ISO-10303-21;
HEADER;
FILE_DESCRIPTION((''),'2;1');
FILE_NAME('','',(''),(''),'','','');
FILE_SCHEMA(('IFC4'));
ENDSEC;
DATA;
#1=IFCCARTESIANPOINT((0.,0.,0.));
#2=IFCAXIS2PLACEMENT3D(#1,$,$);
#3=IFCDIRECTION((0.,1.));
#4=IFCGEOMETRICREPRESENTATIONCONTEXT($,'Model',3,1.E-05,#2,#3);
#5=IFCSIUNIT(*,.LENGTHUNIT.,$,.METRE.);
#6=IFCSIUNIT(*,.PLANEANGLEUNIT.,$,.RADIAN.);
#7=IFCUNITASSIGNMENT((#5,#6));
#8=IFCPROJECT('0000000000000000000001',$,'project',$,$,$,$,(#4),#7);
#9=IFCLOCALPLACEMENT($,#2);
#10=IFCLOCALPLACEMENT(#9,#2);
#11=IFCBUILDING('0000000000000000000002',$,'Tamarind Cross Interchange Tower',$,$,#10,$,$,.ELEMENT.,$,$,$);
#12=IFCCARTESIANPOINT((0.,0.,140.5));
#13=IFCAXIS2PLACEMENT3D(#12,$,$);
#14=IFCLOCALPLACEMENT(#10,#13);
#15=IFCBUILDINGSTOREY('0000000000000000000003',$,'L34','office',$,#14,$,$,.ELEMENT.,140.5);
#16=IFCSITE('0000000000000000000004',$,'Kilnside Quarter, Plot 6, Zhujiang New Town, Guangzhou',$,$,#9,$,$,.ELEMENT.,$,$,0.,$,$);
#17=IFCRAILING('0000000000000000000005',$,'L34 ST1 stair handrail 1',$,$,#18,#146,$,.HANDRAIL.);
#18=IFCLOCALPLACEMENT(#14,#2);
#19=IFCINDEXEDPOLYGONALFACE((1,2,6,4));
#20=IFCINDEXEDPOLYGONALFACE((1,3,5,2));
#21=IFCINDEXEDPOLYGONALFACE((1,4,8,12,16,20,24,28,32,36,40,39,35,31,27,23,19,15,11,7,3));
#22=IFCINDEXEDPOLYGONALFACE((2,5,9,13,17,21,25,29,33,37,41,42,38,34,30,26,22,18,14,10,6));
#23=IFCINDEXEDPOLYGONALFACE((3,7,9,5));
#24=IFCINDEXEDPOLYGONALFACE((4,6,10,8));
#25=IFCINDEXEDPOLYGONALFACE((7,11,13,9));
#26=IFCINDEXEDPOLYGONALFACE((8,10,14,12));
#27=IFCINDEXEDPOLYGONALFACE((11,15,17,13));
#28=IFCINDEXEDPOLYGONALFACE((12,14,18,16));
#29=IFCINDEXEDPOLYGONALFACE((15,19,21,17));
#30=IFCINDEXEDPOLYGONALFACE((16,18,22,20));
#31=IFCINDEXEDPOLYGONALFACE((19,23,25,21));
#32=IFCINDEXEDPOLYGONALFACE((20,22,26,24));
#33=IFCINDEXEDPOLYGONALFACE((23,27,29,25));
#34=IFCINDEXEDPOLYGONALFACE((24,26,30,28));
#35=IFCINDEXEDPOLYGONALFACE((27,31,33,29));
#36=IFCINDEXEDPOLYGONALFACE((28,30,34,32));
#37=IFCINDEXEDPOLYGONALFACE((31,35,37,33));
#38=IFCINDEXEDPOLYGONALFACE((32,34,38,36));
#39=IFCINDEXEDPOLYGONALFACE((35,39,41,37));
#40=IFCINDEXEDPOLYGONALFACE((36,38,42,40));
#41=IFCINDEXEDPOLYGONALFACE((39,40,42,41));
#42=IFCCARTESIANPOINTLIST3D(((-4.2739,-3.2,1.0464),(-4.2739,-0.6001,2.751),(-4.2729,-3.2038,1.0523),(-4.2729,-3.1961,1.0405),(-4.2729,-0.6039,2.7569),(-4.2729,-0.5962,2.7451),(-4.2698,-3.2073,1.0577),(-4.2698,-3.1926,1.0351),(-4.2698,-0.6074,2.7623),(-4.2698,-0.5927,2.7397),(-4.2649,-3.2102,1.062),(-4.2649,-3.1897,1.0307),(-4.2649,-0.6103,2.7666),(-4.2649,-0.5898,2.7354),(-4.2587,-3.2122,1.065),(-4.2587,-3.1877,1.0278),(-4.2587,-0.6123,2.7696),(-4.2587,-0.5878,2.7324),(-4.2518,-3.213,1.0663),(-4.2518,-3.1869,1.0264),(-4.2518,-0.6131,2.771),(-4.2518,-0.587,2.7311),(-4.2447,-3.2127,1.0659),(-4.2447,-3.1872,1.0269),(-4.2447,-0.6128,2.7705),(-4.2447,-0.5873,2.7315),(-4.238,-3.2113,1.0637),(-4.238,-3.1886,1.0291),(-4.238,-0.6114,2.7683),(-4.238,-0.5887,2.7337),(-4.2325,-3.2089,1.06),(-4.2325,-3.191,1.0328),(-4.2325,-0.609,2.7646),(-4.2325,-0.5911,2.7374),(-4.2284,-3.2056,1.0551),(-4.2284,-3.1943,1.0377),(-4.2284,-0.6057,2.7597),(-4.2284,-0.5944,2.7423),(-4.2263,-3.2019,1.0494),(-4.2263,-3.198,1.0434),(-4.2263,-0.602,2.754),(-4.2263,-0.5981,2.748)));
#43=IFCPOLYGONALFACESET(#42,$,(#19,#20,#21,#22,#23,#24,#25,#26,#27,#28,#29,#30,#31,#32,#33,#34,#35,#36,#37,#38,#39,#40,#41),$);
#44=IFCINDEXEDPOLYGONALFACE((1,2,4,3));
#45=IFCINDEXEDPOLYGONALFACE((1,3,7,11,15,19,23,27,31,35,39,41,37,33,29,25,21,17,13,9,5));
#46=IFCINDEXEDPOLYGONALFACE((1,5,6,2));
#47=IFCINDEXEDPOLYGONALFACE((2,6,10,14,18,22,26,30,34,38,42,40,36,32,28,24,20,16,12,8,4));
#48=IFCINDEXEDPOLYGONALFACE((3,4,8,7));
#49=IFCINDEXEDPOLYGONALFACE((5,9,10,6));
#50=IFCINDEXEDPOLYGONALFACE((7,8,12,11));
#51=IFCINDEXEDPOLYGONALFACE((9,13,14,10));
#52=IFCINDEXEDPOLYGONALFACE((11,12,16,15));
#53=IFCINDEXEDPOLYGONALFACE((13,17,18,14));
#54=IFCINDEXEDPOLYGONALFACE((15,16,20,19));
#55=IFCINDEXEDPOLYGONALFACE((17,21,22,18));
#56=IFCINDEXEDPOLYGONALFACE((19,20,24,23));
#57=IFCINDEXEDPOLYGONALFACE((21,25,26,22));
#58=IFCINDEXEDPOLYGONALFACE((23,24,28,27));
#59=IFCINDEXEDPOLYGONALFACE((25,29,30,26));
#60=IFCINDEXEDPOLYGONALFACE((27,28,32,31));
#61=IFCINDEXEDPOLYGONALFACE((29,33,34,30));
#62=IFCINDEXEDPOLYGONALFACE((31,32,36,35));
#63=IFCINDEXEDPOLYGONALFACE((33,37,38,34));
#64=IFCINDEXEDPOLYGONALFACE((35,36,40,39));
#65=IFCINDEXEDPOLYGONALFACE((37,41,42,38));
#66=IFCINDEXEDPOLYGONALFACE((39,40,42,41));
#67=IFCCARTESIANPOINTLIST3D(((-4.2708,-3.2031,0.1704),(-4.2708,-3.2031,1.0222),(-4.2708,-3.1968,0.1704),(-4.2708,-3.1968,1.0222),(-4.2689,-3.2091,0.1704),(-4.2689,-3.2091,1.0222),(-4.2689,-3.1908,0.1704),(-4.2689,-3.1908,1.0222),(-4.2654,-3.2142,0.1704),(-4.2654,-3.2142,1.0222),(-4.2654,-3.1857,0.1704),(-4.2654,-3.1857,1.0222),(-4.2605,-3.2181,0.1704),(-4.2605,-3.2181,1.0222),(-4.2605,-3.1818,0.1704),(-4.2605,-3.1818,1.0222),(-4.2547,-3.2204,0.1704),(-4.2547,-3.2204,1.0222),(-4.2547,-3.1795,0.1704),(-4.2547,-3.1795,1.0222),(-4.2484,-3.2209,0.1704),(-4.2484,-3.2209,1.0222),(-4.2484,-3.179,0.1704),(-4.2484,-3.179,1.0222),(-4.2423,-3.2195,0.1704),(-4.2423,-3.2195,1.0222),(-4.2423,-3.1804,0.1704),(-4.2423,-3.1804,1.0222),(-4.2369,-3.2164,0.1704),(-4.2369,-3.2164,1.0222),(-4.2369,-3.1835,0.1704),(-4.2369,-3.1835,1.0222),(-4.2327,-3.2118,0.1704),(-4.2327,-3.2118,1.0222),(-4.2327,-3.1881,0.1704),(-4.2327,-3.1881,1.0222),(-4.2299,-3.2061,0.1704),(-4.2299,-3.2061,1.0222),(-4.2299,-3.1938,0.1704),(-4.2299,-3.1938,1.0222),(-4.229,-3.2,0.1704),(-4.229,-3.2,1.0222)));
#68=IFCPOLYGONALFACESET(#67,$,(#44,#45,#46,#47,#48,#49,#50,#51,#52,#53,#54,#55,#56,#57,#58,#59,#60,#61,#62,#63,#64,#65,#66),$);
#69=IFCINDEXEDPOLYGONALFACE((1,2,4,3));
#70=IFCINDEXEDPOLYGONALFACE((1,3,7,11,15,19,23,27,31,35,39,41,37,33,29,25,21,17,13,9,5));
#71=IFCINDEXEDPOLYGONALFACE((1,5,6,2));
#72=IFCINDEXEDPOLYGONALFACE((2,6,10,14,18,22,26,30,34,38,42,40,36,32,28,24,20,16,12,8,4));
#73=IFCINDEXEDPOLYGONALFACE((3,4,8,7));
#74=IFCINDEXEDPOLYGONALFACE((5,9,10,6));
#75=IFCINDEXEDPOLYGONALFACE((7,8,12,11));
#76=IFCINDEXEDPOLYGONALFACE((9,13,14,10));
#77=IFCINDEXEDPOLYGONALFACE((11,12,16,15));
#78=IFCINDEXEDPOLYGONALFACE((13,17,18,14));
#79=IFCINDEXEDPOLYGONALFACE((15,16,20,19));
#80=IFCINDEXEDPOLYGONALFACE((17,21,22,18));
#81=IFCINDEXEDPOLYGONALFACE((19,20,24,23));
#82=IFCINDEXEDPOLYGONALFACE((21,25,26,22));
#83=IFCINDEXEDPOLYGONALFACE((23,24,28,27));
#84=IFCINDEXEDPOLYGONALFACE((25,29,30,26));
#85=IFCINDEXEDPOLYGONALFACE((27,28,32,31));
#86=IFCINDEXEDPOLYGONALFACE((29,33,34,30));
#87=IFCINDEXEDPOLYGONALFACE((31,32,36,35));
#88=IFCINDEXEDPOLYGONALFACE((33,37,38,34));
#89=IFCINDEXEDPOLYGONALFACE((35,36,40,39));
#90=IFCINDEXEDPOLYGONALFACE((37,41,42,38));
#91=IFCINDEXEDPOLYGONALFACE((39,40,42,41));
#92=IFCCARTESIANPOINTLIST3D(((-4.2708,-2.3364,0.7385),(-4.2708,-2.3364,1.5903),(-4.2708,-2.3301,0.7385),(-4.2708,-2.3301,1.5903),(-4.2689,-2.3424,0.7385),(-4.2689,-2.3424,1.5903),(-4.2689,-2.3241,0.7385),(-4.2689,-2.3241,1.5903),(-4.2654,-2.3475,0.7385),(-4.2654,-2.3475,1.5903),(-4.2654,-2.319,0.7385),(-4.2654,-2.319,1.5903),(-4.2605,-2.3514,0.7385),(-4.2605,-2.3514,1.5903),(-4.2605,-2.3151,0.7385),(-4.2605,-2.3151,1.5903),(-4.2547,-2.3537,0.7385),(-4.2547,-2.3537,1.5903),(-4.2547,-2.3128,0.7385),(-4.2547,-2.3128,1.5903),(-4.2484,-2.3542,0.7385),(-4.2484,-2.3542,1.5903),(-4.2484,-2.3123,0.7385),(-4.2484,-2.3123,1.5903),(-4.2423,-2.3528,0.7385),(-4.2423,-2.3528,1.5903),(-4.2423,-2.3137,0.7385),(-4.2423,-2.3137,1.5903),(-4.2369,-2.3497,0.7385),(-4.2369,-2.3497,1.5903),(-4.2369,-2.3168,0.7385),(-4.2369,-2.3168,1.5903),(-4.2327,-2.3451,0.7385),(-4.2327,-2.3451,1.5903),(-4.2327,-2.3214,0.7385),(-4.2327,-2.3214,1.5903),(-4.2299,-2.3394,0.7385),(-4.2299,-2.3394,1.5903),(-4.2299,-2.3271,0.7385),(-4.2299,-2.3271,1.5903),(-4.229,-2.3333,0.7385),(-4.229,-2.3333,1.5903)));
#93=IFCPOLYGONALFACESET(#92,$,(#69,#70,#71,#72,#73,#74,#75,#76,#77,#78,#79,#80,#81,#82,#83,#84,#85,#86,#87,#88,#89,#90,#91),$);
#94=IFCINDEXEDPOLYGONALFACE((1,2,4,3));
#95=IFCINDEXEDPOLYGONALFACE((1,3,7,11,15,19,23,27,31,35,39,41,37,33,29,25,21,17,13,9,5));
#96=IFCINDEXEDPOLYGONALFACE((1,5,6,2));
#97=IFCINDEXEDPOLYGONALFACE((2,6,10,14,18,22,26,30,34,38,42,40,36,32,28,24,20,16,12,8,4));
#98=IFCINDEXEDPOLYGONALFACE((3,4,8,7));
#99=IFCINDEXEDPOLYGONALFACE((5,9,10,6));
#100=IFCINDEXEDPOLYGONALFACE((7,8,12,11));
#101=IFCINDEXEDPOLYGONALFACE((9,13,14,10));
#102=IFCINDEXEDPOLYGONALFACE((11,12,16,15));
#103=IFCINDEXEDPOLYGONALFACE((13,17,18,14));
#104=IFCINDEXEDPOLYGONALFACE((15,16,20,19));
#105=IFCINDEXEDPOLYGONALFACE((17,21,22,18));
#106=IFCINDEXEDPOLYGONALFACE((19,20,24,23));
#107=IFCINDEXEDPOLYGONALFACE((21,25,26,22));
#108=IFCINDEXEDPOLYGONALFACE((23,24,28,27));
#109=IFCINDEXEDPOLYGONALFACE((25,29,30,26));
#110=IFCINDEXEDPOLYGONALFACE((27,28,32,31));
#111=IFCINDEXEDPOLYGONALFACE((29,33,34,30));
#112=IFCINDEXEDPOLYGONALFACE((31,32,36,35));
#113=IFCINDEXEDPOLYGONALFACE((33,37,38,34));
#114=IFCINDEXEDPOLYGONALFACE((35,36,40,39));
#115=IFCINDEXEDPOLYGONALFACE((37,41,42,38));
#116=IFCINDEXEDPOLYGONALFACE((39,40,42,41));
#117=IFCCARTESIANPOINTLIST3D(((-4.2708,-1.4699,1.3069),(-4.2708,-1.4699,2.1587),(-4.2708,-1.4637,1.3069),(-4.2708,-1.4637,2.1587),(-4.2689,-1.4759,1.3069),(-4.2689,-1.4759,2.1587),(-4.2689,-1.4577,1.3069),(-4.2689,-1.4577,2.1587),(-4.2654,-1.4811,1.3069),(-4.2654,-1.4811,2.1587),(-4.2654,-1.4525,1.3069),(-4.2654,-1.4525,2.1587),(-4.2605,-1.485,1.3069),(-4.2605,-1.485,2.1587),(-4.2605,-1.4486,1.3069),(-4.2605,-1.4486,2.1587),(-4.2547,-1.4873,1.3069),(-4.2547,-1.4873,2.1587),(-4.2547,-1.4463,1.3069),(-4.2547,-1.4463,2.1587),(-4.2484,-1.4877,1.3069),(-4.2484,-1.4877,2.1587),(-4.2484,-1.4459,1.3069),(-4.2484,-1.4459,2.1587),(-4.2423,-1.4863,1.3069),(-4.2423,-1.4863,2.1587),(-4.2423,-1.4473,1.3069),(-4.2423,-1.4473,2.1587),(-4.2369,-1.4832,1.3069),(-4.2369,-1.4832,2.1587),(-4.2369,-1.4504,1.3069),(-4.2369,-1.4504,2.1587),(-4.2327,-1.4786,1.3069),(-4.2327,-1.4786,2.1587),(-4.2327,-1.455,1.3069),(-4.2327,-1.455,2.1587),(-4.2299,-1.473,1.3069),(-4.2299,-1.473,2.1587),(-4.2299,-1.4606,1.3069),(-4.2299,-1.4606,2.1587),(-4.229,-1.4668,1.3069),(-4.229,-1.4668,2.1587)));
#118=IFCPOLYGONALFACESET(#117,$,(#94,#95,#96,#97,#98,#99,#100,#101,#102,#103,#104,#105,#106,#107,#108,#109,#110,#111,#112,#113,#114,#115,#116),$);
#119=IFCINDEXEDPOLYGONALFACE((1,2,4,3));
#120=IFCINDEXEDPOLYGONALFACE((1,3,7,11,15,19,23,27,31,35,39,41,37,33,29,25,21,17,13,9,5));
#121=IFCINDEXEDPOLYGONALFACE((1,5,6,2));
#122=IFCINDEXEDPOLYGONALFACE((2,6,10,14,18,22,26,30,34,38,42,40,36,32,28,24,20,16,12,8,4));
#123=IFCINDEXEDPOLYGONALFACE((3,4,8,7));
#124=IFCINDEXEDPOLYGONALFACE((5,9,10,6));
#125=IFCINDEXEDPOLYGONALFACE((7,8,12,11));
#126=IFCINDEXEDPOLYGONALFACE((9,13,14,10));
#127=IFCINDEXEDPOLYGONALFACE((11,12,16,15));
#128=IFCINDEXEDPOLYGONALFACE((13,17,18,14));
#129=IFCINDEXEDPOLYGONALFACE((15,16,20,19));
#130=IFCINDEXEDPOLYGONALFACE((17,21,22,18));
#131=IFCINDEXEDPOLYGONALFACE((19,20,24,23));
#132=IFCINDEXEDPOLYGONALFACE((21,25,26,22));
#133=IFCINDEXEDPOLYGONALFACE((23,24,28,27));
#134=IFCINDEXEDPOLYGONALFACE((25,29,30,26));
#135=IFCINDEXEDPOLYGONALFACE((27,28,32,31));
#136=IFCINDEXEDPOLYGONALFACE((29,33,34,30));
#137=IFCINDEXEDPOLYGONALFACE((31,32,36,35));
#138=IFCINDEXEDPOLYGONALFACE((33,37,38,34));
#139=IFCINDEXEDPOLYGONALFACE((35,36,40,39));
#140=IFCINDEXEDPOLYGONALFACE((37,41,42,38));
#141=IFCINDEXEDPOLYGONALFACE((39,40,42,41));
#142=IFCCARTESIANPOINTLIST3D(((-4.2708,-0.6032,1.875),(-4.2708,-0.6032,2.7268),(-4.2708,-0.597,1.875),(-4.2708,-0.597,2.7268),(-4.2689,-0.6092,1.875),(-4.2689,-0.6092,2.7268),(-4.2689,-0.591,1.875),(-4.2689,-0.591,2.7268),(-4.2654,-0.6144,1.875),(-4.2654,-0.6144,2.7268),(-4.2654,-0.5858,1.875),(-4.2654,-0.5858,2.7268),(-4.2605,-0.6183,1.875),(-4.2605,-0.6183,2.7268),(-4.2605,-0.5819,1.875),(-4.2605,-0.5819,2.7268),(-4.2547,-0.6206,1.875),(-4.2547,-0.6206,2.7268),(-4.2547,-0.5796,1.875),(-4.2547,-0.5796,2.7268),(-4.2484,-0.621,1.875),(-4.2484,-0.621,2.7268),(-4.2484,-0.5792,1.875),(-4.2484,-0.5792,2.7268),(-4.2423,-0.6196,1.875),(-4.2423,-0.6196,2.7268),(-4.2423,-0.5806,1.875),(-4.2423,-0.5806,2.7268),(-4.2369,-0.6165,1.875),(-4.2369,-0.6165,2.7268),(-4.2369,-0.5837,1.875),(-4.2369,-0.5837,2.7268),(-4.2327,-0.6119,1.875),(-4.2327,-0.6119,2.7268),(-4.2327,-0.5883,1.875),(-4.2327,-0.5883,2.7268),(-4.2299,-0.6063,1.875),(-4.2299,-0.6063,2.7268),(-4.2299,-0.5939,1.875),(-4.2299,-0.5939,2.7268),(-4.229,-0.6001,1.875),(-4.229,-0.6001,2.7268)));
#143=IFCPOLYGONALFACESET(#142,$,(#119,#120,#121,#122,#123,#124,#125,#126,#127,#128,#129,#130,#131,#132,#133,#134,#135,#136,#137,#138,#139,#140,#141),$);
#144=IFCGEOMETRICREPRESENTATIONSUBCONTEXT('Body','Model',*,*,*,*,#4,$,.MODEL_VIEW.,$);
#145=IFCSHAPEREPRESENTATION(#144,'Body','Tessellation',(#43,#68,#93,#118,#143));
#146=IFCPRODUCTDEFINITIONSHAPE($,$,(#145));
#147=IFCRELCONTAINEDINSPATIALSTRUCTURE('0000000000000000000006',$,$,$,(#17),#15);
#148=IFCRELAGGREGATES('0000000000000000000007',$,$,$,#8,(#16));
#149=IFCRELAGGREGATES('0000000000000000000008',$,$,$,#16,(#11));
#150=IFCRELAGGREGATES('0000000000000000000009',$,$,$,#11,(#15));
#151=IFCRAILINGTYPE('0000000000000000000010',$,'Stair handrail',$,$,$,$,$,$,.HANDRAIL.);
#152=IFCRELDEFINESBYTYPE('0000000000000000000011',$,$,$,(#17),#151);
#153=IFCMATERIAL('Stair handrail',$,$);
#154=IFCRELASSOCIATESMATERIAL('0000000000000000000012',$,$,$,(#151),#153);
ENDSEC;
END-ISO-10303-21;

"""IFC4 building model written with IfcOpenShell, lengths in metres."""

from ifc_helpers import new_model, si_unit, direction, frame, origin, origin_2d, place, context, subcontext, project, spatial, circle, extrude, material, type_object, element, save


model = new_model("IFC4")

# Units and contexts
model_context = context("Model", 3, precision=1e-05, world=origin(), true_north=direction((0.0, 1.0)))
body_context = subcontext(model_context, "Body", "Model", "MODEL_VIEW")
ifc_project = project(units=[si_unit("LENGTHUNIT", "METRE"), si_unit("PLANEANGLEUNIT", "RADIAN")], contexts=[model_context])

# Site, building, storey
site_placement = place(None, origin())
site = spatial("IfcSite", under=ifc_project, at=site_placement, Name="Kilnside Quarter, Plot 6, Zhujiang New Town, Guangzhou", CompositionType="ELEMENT", RefElevation=0.0)
building_placement = place(site_placement, origin())
building = spatial("IfcBuilding", under=site, at=building_placement, Name="Tamarind Cross Interchange Tower", CompositionType="ELEMENT")
storey_placement = place(building_placement, frame((0.0, 0.0, 140.5)))
storey = spatial("IfcBuildingStorey", under=building, at=storey_placement, Name="L34", Description="office", CompositionType="ELEMENT", Elevation=140.5)

# Railing
ifc_material_1 = material(Name="Stair handrail")
railing_type_1 = type_object("IfcRailingType", Name="Stair handrail", PredefinedType="HANDRAIL", material=ifc_material_1)
railing_1_placement = place(storey_placement, frame((-4.25, -3.2, 0.1704)))
element("IfcRailing", 1, at=railing_1_placement, inside=storey, type_object=railing_type_1, Name="L34 ST1 stair handrail 1", PredefinedType="HANDRAIL", context=body_context, shape_type="SweptSolid", body=[
    extrude(circle(Radius=0.0239, at=origin_2d()), frame((0.0, 0.0, 0.876), z_axis=(0.0, 0.836279, 0.548305), x_axis=(-1.0, 0.0, 0.0)), (0.0, 0.0, 1.0), 3.1089),
    extrude(circle(Radius=0.021, at=origin_2d()), origin(), (0.0, 0.0, 1.0), 0.8518),
    extrude(circle(Radius=0.021, at=origin_2d()), frame((0.0, 0.8667, 0.5681)), (0.0, 0.0, 1.0), 0.8518),
    extrude(circle(Radius=0.021, at=origin_2d()), frame((0.0, 1.7332, 1.1365)), (0.0, 0.0, 1.0), 0.8518),
    extrude(circle(Radius=0.021, at=origin_2d()), frame((0.0, 2.5999, 1.7046)), (0.0, 0.0, 1.0), 0.8518),
])

save(model, "model.ifc")
